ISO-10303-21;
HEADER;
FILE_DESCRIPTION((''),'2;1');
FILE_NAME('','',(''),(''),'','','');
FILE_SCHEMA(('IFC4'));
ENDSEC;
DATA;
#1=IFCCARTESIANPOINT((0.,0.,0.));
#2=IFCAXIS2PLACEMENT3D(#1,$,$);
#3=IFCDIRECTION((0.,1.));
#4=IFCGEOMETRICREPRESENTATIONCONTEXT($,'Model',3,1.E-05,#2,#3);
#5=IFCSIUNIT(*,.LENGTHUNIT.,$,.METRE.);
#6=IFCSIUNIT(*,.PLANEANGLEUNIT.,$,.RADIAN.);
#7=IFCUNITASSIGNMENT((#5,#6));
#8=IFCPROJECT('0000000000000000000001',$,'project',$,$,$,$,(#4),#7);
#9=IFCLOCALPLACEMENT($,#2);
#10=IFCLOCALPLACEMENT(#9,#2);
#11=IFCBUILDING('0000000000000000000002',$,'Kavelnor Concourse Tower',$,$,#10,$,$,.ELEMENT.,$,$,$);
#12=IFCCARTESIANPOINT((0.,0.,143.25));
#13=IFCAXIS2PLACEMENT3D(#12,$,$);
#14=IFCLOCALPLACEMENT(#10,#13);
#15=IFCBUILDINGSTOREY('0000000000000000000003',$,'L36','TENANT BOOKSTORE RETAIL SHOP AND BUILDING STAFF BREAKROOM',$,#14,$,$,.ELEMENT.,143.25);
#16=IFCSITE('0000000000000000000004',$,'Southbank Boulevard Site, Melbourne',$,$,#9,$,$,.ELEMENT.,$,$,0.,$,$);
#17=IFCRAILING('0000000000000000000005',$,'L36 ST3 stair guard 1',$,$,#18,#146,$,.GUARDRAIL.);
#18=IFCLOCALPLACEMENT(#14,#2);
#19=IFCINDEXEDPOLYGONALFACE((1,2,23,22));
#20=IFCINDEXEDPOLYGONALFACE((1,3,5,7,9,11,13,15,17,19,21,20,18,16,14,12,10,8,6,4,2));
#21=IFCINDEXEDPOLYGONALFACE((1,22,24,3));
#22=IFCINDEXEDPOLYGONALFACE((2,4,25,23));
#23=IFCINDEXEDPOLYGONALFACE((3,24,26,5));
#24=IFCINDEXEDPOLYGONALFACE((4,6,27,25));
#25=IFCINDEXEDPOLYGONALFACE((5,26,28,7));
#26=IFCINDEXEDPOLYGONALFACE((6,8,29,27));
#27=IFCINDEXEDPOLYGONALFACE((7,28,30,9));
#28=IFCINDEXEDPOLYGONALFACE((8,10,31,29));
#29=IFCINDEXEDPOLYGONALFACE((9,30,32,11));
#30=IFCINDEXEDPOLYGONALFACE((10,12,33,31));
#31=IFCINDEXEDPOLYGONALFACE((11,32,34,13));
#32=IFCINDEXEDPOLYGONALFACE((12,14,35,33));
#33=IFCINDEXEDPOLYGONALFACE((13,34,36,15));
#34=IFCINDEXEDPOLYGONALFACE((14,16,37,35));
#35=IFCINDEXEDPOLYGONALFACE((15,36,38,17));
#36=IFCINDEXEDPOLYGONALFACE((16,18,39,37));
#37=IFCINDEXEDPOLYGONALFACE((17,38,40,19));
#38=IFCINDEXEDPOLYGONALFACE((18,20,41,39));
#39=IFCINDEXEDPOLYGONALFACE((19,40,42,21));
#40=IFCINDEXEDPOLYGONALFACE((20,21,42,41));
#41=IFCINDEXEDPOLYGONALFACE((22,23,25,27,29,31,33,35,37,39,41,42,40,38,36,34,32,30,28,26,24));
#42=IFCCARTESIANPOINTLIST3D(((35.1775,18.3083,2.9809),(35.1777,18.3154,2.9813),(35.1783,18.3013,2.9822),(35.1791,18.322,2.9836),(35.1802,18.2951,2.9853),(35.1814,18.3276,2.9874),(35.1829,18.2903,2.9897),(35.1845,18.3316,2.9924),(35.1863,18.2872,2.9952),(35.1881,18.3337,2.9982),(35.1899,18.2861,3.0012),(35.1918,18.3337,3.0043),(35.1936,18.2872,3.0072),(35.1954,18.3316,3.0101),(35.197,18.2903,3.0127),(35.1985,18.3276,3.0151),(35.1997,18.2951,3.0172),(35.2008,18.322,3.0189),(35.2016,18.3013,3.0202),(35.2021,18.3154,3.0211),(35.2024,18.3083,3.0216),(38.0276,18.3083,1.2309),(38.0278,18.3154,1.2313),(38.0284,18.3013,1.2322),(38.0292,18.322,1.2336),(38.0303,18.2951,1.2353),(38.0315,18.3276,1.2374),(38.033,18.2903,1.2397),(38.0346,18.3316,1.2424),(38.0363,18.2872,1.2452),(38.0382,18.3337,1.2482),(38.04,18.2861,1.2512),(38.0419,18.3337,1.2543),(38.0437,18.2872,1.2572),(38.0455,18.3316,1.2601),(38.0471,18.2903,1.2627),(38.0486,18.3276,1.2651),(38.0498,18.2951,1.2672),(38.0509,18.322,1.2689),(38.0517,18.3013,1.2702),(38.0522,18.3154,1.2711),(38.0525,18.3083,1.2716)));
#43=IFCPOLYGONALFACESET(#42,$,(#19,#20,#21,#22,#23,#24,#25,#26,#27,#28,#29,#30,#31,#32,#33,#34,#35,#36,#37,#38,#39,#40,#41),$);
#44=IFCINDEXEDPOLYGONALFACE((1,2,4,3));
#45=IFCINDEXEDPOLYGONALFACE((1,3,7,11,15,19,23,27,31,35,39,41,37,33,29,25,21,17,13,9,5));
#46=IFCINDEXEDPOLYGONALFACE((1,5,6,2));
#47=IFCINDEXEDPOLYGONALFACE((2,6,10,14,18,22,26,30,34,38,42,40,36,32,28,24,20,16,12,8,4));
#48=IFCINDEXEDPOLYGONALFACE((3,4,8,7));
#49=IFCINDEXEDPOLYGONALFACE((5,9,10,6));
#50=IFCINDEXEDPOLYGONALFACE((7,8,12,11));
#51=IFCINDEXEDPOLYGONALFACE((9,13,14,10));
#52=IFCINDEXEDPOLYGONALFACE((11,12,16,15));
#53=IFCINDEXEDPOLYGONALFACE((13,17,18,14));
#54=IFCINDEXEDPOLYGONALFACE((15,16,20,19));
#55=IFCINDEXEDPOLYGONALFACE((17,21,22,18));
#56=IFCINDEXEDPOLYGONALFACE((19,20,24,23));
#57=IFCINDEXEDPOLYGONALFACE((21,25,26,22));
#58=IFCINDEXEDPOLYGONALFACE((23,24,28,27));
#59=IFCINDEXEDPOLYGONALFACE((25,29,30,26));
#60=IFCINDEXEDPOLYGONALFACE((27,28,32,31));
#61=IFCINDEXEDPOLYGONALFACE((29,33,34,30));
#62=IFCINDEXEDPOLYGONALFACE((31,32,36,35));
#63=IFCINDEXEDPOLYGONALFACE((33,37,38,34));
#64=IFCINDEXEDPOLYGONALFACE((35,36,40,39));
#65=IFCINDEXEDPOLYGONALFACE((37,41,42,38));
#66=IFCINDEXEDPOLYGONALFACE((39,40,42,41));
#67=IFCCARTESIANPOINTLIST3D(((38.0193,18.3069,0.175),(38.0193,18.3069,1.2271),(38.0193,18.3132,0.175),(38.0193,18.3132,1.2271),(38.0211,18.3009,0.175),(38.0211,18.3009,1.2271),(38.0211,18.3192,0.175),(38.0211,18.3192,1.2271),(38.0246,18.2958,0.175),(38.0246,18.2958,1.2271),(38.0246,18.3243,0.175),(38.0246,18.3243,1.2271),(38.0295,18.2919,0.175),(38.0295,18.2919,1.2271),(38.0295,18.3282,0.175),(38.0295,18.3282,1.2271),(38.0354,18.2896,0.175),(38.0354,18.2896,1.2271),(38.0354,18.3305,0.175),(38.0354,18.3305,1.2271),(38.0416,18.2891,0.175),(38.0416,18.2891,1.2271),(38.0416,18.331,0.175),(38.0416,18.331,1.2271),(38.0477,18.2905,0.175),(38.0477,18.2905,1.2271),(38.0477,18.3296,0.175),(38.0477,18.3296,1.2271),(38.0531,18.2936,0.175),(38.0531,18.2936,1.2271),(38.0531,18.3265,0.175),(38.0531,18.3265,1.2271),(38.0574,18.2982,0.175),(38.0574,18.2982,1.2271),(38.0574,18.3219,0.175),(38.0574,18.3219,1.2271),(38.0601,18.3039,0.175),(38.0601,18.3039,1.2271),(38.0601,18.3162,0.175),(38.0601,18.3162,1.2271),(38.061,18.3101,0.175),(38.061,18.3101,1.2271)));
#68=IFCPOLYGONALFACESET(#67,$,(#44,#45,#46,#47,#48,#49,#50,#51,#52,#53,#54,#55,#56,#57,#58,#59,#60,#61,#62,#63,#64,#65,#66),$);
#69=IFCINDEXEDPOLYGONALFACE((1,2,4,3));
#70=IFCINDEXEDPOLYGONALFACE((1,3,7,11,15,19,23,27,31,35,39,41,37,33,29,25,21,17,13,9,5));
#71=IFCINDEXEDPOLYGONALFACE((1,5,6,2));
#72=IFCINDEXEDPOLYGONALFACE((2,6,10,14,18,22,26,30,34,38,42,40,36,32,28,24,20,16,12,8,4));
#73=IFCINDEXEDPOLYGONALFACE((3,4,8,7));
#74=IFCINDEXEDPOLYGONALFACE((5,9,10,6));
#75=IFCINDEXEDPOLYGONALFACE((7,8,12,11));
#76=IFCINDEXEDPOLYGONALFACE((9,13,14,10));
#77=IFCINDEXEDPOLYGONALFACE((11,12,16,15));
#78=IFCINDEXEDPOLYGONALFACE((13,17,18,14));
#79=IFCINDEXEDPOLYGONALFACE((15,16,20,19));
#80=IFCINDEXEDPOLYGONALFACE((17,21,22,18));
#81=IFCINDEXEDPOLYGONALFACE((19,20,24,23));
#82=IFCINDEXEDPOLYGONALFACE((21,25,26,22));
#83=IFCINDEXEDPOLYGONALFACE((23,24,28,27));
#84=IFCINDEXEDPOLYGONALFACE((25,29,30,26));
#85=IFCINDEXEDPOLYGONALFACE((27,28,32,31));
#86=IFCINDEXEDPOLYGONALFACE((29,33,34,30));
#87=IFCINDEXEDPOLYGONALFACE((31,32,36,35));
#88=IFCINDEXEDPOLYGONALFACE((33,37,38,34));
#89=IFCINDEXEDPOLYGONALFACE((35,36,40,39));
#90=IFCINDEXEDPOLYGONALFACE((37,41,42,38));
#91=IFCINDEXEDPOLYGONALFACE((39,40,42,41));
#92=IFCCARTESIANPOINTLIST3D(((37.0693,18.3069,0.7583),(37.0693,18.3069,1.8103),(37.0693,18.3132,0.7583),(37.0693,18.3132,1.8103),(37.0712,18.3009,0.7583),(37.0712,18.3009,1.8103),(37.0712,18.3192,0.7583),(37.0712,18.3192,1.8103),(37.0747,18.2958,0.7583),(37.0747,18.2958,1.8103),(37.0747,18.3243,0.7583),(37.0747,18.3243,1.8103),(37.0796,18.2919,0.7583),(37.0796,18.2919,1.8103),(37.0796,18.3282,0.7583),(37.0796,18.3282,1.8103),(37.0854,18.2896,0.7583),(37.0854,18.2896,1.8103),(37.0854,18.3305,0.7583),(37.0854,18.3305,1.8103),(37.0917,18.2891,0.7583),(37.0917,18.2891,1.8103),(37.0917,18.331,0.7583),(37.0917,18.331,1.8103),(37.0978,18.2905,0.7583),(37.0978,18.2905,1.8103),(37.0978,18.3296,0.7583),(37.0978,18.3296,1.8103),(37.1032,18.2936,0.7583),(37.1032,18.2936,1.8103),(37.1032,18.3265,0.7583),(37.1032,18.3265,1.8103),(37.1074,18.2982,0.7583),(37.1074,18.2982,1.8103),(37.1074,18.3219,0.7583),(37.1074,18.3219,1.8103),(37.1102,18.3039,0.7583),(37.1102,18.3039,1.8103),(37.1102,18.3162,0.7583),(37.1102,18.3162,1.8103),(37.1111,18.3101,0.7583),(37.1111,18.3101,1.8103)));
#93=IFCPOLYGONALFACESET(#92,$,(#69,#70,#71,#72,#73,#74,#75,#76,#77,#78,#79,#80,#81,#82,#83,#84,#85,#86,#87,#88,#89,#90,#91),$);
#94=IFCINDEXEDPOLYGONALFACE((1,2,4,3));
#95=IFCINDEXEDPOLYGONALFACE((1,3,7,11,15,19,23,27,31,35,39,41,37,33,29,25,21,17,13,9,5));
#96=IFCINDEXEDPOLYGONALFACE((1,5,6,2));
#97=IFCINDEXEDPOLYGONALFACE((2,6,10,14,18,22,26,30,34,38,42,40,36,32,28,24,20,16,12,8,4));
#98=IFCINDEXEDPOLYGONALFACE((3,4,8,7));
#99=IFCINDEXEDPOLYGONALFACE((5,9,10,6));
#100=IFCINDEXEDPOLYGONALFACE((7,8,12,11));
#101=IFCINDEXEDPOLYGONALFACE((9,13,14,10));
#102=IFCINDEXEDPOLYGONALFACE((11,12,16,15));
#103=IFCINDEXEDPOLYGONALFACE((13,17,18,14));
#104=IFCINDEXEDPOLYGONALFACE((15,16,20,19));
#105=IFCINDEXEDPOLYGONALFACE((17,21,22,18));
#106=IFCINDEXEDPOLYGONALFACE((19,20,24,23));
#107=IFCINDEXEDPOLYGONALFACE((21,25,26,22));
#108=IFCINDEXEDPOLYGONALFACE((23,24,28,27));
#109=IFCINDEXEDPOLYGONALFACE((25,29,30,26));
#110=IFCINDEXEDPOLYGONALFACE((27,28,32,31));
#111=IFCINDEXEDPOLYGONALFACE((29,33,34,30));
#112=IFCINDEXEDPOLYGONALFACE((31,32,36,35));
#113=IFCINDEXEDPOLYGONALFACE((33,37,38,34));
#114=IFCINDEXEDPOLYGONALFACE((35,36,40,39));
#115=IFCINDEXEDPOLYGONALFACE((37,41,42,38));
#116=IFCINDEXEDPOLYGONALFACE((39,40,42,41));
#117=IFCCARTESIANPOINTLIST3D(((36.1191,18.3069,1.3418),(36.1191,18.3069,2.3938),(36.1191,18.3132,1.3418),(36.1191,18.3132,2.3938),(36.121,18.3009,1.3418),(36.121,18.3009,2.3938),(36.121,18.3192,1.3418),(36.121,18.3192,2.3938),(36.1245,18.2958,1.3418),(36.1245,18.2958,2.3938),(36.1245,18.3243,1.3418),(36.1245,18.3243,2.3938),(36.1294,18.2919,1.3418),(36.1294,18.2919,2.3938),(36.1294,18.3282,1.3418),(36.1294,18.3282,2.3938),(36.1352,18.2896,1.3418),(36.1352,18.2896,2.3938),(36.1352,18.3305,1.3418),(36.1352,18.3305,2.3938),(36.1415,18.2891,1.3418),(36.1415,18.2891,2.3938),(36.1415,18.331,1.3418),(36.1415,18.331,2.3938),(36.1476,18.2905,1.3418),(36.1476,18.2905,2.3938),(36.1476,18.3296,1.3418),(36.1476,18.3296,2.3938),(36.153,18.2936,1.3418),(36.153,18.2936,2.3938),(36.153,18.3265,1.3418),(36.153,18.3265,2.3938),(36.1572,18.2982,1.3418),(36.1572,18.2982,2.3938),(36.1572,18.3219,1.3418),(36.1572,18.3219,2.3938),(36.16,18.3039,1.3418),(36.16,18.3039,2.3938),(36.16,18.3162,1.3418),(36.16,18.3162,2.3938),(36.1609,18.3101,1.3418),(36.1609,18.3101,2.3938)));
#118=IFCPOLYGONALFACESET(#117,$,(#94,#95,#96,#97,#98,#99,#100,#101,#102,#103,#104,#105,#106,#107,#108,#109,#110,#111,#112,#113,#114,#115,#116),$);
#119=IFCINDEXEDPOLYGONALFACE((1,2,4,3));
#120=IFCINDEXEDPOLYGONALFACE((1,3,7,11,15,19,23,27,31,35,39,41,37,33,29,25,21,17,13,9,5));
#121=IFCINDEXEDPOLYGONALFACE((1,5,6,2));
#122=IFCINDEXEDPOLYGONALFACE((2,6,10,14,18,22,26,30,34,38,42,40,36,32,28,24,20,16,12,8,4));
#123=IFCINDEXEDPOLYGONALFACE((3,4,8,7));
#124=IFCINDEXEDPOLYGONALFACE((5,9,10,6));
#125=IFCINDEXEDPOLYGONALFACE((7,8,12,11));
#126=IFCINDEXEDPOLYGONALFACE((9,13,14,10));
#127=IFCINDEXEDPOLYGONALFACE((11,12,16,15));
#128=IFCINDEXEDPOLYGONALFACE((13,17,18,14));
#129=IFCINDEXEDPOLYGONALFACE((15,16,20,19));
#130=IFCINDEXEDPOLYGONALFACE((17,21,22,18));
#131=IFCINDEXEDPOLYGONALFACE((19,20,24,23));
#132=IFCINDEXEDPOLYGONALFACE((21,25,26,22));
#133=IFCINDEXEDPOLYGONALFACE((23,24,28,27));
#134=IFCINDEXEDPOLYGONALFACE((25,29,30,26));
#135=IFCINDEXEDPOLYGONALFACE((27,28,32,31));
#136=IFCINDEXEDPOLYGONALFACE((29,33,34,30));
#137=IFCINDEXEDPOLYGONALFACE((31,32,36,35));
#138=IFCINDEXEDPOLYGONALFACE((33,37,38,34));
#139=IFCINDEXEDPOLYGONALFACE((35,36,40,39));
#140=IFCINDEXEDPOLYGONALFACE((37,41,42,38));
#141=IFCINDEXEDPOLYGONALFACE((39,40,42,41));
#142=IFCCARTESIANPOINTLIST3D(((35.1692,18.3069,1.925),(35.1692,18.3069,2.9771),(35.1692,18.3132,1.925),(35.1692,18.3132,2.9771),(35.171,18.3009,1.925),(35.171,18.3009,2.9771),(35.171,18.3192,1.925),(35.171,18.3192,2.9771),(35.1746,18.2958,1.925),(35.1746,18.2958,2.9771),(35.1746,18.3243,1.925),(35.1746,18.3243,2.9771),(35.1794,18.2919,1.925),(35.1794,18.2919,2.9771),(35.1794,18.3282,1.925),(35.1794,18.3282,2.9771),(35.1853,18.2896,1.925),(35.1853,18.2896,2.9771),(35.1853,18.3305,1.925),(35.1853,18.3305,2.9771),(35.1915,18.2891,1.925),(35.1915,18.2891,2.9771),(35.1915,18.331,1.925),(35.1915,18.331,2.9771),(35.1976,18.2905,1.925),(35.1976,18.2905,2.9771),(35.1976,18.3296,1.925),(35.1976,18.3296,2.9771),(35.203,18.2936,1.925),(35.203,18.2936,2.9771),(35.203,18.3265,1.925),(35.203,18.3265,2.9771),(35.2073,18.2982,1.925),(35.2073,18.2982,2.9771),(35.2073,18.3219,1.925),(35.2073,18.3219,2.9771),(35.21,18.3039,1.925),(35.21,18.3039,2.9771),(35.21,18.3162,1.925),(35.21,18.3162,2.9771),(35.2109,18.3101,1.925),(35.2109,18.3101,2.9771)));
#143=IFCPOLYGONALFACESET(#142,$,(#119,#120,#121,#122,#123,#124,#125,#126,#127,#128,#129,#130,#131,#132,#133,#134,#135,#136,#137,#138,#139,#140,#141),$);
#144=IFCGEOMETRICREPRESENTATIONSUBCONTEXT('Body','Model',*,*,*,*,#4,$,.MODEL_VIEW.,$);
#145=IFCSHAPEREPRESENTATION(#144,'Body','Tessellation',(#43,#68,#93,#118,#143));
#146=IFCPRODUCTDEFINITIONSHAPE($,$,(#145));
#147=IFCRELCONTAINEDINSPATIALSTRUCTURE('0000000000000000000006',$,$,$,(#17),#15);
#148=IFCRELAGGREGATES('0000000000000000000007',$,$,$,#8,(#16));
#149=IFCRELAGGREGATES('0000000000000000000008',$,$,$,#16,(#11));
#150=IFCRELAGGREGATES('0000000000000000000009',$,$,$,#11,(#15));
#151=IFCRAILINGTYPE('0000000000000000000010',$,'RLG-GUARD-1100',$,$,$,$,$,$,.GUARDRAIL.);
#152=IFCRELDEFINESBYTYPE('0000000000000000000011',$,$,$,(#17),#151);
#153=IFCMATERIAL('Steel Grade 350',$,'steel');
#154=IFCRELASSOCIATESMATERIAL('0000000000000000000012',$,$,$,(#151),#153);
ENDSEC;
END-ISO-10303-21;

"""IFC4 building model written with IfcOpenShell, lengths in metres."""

from ifc_helpers import new_model, si_unit, direction, frame, origin, origin_2d, place, context, subcontext, project, spatial, circle, extrude, material, type_object, element, save


model = new_model("IFC4")

# Units and contexts
model_context = context("Model", 3, precision=1e-05, world=origin(), true_north=direction((0.0, 1.0)))
body_context = subcontext(model_context, "Body", "Model", "MODEL_VIEW")
ifc_project = project(units=[si_unit("LENGTHUNIT", "METRE"), si_unit("PLANEANGLEUNIT", "RADIAN")], contexts=[model_context])

# Site, building, storey
site_placement = place(None, origin())
site = spatial("IfcSite", under=ifc_project, at=site_placement, Name="Southbank Boulevard Site, Melbourne", CompositionType="ELEMENT", RefElevation=0.0)
building_placement = place(site_placement, origin())
building = spatial("IfcBuilding", under=site, at=building_placement, Name="Kavelnor Concourse Tower", CompositionType="ELEMENT")
storey_placement = place(building_placement, frame((0.0, 0.0, 143.25)))
storey = spatial("IfcBuildingStorey", under=building, at=storey_placement, Name="L36", Description="TENANT BOOKSTORE RETAIL SHOP AND BUILDING STAFF BREAKROOM", CompositionType="ELEMENT", Elevation=143.25)

# Shared definitions
ifc_material_1 = material(Name="Steel Grade 350", Category="steel")

# Railing
railing_type_1 = type_object("IfcRailingType", Name="RLG-GUARD-1100", PredefinedType="GUARDRAIL", material=ifc_material_1)
railing_1_placement = place(storey_placement, frame((38.04, 18.3101, 0.175)))
element("IfcRailing", 1, at=railing_1_placement, inside=storey, type_object=railing_type_1, Name="L36 ST3 stair guard 1", PredefinedType="GUARDRAIL", context=body_context, shape_type="SweptSolid", body=[
    extrude(circle(Radius=0.0239, at=origin_2d()), frame((0.0, 0.0, 1.0762), z_axis=(-0.852179, 0.0, 0.52325), x_axis=(0.0, -1.0, 0.0)), (0.0, 0.0, 1.0), 3.3445),
    extrude(circle(Radius=0.021, at=origin_2d()), origin(), (0.0, 0.0, 1.0), 1.052),
    extrude(circle(Radius=0.021, at=origin_2d()), frame((-0.95, 0.0, 0.5833)), (0.0, 0.0, 1.0), 1.052),
    extrude(circle(Radius=0.021, at=origin_2d()), frame((-1.9001, 0.0, 1.1667)), (0.0, 0.0, 1.0), 1.052),
    extrude(circle(Radius=0.021, at=origin_2d()), frame((-2.8501, 0.0, 1.75)), (0.0, 0.0, 1.0), 1.052),
])

save(model, "model.ifc")
